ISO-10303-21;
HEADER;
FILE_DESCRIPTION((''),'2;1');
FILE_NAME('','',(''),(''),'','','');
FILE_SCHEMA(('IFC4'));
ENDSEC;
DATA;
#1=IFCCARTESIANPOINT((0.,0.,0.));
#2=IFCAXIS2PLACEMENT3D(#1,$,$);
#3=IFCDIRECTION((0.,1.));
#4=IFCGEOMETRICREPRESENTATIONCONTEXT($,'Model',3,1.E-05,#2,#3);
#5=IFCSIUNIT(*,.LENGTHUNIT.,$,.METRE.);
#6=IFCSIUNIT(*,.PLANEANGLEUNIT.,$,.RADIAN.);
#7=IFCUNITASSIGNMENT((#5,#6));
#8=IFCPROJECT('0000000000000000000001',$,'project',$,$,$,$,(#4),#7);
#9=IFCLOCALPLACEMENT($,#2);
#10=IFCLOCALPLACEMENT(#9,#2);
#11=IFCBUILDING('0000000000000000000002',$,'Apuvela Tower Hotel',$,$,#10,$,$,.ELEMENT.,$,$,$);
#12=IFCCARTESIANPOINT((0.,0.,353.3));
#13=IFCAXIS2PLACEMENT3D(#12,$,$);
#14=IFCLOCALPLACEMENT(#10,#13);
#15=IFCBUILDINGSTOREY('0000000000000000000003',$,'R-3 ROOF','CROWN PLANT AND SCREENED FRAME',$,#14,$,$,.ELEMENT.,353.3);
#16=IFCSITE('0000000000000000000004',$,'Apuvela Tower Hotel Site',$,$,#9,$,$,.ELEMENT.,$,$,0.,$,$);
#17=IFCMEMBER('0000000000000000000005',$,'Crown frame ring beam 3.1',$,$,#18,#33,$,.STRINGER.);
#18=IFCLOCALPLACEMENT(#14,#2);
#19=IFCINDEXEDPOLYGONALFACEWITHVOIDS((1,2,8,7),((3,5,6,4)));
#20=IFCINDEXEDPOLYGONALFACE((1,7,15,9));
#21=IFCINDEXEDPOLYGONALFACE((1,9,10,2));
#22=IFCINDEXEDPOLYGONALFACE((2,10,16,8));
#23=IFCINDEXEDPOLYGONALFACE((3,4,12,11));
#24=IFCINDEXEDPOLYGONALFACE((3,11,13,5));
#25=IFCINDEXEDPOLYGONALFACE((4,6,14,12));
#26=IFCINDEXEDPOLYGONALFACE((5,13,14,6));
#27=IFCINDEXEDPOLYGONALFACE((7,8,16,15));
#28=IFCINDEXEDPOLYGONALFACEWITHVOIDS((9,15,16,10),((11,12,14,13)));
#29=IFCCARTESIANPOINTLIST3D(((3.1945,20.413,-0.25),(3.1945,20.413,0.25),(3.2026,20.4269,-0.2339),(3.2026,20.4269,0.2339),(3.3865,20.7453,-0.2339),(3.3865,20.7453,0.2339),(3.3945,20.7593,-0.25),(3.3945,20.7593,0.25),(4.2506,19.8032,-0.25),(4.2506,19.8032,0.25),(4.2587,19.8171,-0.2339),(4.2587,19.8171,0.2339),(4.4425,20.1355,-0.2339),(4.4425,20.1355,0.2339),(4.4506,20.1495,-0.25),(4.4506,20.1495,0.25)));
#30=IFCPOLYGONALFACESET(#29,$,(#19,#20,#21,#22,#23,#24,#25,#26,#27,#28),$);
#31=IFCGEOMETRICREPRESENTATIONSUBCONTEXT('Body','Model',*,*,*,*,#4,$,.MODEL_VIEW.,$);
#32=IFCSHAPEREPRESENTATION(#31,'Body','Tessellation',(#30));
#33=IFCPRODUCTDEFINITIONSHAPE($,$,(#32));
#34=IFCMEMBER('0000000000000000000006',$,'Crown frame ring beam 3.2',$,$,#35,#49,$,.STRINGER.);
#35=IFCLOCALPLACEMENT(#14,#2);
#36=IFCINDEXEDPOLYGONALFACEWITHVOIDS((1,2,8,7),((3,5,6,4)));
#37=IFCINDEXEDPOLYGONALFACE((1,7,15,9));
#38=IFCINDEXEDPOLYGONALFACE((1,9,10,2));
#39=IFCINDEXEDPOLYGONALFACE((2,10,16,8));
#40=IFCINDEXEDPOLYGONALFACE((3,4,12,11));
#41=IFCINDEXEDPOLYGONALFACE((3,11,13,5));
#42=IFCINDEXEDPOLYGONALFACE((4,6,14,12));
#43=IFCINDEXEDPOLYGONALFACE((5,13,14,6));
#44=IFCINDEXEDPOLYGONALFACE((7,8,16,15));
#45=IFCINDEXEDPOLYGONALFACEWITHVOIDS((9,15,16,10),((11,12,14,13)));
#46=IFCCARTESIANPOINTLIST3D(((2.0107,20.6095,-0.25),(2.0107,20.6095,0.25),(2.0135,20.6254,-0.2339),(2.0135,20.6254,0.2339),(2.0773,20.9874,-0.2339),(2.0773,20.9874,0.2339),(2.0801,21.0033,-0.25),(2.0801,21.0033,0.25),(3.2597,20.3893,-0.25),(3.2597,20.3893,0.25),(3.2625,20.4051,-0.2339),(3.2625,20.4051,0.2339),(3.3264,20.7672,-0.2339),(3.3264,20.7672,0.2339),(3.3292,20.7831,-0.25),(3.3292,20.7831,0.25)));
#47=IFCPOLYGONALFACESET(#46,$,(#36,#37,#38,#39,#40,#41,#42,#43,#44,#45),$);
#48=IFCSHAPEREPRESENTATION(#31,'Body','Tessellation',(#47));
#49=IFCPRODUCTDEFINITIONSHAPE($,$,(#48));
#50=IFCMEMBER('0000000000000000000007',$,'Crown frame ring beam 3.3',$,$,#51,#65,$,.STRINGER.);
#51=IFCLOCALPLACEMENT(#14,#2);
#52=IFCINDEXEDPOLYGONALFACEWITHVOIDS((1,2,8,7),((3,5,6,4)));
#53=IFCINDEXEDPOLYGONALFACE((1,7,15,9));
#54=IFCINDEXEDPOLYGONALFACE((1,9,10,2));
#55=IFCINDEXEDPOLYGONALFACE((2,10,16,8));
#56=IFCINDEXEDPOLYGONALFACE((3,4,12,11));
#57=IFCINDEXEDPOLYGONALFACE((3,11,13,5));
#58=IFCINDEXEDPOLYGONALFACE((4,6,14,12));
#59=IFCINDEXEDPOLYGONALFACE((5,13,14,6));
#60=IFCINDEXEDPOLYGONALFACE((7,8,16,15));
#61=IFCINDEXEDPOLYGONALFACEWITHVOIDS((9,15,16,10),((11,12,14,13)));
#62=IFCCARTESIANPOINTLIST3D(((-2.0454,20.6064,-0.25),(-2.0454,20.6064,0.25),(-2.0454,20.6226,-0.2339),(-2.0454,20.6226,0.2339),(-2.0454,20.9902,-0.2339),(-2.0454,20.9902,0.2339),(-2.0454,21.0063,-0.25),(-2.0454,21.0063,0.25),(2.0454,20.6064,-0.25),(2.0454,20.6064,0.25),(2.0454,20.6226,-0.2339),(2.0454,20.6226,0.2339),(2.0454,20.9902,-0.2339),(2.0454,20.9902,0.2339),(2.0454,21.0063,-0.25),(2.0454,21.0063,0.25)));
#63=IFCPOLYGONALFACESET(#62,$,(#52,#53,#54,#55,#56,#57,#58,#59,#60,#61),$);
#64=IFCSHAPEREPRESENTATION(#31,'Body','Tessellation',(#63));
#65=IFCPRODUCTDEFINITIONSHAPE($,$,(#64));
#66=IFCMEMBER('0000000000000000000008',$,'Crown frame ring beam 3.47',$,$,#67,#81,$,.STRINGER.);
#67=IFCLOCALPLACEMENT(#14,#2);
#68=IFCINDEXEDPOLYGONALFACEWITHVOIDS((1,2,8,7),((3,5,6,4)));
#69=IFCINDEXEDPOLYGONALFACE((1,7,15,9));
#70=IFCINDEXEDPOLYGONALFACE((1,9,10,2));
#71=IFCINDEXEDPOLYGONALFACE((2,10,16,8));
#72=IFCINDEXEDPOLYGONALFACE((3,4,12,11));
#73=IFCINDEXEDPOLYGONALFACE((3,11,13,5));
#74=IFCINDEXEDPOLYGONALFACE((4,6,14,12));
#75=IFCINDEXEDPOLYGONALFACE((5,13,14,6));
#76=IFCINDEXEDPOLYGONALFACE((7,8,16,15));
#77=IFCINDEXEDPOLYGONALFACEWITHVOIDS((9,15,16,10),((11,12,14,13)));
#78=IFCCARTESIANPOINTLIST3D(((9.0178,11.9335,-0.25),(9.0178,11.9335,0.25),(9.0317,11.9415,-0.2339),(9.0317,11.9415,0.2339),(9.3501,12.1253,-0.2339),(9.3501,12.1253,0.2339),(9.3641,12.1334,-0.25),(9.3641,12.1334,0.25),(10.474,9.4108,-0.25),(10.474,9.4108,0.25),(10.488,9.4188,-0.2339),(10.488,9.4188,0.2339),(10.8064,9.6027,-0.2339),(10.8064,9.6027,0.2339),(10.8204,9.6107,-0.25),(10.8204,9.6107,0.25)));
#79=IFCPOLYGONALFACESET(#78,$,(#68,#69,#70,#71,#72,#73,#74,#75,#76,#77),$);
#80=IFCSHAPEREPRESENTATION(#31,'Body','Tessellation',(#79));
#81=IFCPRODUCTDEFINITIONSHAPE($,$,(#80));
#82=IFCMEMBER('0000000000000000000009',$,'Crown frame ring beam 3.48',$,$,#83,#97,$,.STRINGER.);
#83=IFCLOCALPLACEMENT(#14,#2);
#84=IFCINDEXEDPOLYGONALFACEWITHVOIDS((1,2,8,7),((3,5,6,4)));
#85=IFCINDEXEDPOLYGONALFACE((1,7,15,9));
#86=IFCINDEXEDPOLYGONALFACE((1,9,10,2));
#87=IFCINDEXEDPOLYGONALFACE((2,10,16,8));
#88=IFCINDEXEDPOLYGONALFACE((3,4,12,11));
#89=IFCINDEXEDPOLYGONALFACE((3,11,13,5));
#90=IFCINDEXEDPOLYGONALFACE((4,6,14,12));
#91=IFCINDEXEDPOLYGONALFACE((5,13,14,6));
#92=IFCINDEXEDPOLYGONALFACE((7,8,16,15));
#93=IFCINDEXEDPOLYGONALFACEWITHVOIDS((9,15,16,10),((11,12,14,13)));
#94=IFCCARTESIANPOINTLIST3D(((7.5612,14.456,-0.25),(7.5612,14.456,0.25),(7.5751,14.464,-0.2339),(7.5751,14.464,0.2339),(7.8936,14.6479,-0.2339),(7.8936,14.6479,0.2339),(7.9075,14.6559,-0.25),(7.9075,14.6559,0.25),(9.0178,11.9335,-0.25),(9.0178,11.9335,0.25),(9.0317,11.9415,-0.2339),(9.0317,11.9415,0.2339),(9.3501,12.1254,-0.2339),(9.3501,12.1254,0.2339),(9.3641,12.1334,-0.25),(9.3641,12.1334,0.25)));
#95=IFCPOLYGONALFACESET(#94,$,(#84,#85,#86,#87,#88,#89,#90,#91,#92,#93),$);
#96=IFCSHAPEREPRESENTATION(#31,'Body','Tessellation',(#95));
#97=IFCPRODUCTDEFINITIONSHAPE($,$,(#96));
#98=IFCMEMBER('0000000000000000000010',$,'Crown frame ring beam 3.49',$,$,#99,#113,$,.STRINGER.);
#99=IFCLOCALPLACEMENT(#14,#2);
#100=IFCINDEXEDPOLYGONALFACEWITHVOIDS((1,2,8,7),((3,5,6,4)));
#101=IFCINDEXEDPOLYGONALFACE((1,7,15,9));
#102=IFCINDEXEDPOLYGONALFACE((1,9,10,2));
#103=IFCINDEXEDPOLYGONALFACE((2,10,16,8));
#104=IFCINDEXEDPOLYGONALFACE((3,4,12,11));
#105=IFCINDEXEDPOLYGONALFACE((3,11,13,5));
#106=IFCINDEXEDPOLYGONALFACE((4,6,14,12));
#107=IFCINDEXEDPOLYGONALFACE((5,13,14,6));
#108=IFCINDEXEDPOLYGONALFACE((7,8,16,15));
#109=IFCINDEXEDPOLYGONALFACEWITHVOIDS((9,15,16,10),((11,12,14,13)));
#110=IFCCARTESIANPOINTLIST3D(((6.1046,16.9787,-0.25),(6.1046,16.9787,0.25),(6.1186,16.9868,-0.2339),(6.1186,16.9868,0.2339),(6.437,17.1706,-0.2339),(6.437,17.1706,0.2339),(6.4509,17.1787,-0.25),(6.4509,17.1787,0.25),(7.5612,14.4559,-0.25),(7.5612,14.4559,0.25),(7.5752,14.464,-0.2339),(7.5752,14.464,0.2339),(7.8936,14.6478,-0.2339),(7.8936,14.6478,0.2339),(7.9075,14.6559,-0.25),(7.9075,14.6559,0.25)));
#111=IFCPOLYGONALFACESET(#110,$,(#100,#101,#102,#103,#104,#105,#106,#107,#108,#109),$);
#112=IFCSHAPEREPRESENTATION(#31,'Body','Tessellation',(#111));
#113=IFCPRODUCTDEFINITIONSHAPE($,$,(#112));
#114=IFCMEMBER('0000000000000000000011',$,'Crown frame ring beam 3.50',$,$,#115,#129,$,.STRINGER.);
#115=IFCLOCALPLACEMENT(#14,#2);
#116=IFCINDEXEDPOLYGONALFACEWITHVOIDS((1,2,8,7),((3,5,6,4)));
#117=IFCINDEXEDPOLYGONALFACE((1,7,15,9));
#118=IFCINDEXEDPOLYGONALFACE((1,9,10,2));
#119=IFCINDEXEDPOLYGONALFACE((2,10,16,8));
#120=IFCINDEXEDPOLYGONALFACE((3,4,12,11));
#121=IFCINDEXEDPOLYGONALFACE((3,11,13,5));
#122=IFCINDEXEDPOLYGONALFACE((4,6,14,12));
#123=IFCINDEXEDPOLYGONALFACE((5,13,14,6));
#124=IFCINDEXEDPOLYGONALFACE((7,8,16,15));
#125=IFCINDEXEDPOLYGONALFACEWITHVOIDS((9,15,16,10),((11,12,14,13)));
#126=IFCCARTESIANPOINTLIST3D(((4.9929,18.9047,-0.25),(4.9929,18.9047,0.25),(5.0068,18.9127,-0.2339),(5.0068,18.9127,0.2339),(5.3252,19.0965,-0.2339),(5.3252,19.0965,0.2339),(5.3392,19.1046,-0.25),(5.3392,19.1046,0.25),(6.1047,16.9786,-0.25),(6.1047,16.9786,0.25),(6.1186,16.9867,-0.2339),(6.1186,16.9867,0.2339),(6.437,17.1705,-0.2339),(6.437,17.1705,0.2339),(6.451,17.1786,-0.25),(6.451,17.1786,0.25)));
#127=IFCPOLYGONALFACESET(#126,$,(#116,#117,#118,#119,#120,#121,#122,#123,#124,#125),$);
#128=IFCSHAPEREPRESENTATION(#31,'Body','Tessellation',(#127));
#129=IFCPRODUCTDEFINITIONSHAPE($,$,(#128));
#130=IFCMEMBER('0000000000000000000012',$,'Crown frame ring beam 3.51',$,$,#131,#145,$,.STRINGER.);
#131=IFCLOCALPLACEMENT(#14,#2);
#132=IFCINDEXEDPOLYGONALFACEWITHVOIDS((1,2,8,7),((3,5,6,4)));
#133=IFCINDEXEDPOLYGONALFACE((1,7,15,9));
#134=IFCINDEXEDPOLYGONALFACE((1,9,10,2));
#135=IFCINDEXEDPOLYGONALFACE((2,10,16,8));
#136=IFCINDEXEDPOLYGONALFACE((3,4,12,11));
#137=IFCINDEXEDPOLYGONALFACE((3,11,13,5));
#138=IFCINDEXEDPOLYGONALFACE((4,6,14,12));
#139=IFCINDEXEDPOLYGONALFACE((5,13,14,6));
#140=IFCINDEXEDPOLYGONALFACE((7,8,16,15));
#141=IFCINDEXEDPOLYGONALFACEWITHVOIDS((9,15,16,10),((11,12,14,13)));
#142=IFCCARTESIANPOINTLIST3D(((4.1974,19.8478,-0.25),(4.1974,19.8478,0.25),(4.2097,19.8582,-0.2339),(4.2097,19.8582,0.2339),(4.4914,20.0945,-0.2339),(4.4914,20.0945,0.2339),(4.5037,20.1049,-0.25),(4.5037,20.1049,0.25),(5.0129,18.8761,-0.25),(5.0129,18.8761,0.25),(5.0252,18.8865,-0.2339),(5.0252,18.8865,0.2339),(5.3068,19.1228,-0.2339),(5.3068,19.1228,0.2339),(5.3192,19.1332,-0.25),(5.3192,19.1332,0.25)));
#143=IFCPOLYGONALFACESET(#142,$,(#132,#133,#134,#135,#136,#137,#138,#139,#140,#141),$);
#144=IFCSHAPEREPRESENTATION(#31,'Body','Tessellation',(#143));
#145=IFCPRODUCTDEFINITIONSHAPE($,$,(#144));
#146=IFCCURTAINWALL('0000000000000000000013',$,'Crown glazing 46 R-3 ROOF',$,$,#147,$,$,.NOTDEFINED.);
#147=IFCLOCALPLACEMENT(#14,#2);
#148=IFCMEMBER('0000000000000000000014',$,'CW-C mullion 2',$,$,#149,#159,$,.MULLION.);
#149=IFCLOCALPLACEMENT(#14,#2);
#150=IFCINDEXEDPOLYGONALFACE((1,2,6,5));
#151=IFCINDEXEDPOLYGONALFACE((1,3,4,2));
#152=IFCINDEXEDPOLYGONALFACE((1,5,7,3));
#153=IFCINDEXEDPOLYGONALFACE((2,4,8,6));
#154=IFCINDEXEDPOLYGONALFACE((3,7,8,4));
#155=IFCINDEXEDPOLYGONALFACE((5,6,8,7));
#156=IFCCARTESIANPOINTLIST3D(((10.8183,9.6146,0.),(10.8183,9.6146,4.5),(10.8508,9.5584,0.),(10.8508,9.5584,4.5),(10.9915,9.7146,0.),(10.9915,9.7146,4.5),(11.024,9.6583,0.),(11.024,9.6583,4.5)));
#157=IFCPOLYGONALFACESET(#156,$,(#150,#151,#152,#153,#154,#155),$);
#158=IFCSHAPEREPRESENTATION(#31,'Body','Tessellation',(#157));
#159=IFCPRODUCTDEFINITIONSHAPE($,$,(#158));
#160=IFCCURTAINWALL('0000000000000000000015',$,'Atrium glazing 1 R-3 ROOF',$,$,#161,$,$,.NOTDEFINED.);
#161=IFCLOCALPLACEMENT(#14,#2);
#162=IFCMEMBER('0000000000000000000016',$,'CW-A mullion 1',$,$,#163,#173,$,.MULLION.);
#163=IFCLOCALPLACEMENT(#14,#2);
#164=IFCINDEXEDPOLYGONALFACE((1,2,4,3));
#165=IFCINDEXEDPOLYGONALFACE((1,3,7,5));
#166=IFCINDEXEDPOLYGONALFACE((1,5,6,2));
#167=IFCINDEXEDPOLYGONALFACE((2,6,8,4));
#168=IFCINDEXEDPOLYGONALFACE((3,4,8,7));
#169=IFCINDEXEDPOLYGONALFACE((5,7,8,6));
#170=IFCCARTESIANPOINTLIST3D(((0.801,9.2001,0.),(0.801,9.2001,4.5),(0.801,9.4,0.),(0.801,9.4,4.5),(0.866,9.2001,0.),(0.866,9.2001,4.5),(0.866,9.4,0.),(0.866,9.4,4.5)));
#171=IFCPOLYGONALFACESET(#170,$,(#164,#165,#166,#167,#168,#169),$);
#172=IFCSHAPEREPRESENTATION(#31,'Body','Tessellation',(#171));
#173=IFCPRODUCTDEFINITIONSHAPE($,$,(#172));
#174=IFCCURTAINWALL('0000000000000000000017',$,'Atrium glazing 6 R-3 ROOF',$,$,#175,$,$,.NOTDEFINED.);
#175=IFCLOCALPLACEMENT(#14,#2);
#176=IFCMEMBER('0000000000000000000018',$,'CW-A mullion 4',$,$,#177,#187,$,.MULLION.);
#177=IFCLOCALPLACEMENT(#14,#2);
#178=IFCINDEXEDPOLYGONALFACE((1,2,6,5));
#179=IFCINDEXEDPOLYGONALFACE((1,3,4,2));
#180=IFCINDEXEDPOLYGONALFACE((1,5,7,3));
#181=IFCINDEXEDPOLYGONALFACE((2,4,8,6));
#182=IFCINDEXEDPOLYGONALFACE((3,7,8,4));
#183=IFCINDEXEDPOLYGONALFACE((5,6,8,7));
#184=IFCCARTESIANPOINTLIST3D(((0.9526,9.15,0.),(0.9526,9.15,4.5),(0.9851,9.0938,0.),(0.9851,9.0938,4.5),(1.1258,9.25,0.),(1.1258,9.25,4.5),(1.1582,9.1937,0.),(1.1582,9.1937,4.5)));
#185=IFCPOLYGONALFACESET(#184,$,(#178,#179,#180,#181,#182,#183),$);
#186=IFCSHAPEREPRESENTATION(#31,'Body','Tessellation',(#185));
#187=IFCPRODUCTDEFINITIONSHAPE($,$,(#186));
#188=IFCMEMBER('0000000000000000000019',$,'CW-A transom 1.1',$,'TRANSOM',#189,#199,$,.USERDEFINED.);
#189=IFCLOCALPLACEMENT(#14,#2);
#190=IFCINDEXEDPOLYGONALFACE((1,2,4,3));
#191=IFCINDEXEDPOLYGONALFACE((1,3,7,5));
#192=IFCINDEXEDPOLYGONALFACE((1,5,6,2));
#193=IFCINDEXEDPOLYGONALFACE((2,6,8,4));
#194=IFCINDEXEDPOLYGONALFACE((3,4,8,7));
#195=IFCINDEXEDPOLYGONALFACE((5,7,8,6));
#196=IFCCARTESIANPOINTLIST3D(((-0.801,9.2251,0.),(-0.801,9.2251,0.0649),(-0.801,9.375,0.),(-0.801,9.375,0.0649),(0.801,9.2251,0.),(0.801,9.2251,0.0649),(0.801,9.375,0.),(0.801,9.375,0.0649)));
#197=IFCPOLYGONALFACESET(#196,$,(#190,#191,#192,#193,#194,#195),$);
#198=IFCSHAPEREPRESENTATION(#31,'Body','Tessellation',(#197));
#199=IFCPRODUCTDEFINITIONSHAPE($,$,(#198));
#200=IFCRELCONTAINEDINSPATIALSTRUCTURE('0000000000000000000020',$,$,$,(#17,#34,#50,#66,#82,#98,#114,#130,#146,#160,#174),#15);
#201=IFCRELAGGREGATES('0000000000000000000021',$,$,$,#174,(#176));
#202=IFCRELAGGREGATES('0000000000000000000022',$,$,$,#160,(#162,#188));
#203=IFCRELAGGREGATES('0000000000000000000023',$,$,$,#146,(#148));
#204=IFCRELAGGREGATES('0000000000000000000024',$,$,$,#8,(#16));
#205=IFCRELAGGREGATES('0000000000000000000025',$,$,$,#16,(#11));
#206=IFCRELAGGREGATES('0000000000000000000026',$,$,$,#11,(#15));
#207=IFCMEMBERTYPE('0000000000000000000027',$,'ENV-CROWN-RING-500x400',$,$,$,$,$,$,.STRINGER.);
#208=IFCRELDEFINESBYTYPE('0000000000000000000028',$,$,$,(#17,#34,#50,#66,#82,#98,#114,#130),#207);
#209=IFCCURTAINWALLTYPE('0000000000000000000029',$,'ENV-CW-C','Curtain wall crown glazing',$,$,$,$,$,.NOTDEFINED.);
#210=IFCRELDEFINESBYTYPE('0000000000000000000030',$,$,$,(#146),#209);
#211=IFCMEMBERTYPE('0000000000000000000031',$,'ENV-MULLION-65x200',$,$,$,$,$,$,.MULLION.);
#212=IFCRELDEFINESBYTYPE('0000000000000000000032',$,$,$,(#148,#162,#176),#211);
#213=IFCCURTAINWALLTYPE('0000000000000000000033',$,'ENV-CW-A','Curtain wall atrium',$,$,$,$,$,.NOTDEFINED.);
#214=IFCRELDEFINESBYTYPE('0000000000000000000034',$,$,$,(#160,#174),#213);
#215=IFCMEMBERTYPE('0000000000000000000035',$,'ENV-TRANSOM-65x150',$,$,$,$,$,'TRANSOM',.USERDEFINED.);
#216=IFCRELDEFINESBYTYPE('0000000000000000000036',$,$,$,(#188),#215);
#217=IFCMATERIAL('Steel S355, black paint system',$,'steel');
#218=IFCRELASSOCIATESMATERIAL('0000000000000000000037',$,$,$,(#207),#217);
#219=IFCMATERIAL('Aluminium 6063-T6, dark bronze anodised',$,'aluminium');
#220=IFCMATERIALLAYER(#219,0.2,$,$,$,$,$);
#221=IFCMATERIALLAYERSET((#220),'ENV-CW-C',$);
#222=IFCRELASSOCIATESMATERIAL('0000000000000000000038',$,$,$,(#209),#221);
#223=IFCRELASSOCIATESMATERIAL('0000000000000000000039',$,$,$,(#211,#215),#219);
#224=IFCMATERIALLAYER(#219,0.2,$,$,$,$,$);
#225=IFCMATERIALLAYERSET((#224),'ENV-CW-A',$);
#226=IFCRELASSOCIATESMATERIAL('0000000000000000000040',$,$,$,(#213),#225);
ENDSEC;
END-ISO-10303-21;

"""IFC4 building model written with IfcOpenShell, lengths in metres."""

from ifc_helpers import new_model, si_unit, direction, frame, origin, origin_2d, place, context, subcontext, project, spatial, rectangle, hollow_rectangle, extrude, material, layer, layer_set, material_profile, profile_set, type_object, element, aggregate, save


model = new_model("IFC4")

# Units and contexts
model_context = context("Model", 3, precision=1e-05, world=origin(), true_north=direction((0.0, 1.0)))
body_context = subcontext(model_context, "Body", "Model", "MODEL_VIEW")
ifc_project = project(units=[si_unit("LENGTHUNIT", "METRE"), si_unit("PLANEANGLEUNIT", "RADIAN")], contexts=[model_context])

# Site, building, storey
site_placement = place(None, origin())
site = spatial("IfcSite", under=ifc_project, at=site_placement, Name="Apuvela Tower Hotel Site", CompositionType="ELEMENT", RefElevation=0.0)
building_placement = place(site_placement, origin())
building = spatial("IfcBuilding", under=site, at=building_placement, Name="Apuvela Tower Hotel", CompositionType="ELEMENT")
storey_placement = place(building_placement, frame((0.0, 0.0, 353.3)))
storey = spatial("IfcBuildingStorey", under=building, at=storey_placement, Name="R-3 ROOF", Description="CROWN PLANT AND SCREENED FRAME", CompositionType="ELEMENT", Elevation=353.3)

# Members
ifc_material_1 = material(Name="Steel S355, black paint system", Category="steel")
ifc_material_profile_1 = material_profile(ifc_material_1, hollow_rectangle(XDim=0.3999, YDim=0.5, WallThickness=0.0161, at=origin_2d()), Name="HSS 500x400x16")
ifc_profile_set_1 = profile_set([ifc_material_profile_1], Name="Steel S355, black paint system")
member_type_1 = type_object("IfcMemberType", Name="ENV-CROWN-RING-500x400", PredefinedType="STRINGER", material=ifc_profile_set_1)
member_1_placement = place(storey_placement, frame((4.3506, 19.9763, 0.0), z_axis=(-0.865992, 0.500057, 0.0), x_axis=(-0.500057, -0.865992, 0.0)))
element("IfcMember", 1, at=member_1_placement, inside=storey, type_object=member_type_1, Name="Crown frame ring beam 3.1", PredefinedType="STRINGER", context=body_context, shape_type="SweptSolid", body=[
    extrude(hollow_rectangle(XDim=0.3999, YDim=0.5, WallThickness=0.0161, at=origin_2d()), origin(), (0.0, 0.0, 1.0), 1.2195),
])
member_2_placement = place(storey_placement, frame((3.2944, 20.5862, 0.0), z_axis=(-0.984811, 0.173632, 0.0), x_axis=(-0.173632, -0.984811, 0.0)))
element("IfcMember", 2, at=member_2_placement, inside=storey, type_object=member_type_1, Name="Crown frame ring beam 3.2", PredefinedType="STRINGER", context=body_context, shape_type="SweptSolid", body=[
    extrude(hollow_rectangle(XDim=0.3999, YDim=0.5, WallThickness=0.0161, at=origin_2d()), origin(), (0.0, 0.0, 1.0), 1.2683),
])
member_3_placement = place(storey_placement, frame((2.0454, 20.8064, 0.0), z_axis=(-1.0, 0.0, 0.0), x_axis=(0.0, -1.0, 0.0)))
element("IfcMember", 3, at=member_3_placement, inside=storey, type_object=member_type_1, Name="Crown frame ring beam 3.3", PredefinedType="STRINGER", context=body_context, shape_type="SweptSolid", body=[
    extrude(hollow_rectangle(XDim=0.3999, YDim=0.5, WallThickness=0.0161, at=origin_2d()), origin(), (0.0, 0.0, 1.0), 4.0908),
])
for number, where, z_axis, x_axis, name in (
    (4, (10.6472, 9.5107, 0.0), (-0.499952, 0.866053, 0.0), (-0.866053, -0.499952, 0.0), "Crown frame ring beam 3.47"),
    (5, (9.1909, 12.0334, 0.0), (-0.500051, 0.865996, 0.0), (-0.865996, -0.500051, 0.0), "Crown frame ring beam 3.48"),
):
    element("IfcMember", number, at=place(storey_placement, frame(where, z_axis=z_axis, x_axis=x_axis)), inside=storey, type_object=member_type_1, Name=name, PredefinedType="STRINGER", context=body_context, shape_type="SweptSolid", body=[
        extrude(hollow_rectangle(XDim=0.3999, YDim=0.5, WallThickness=0.0161, at=origin_2d()), origin(), (0.0, 0.0, 1.0), 2.9128),
    ])
member_4_placement = place(storey_placement, frame((7.7344, 14.5559, 0.0), z_axis=(-0.500015, 0.866017, 0.0), x_axis=(-0.866017, -0.500015, 0.0)))
element("IfcMember", 6, at=member_4_placement, inside=storey, type_object=member_type_1, Name="Crown frame ring beam 3.49", PredefinedType="STRINGER", context=body_context, shape_type="SweptSolid", body=[
    extrude(hollow_rectangle(XDim=0.3999, YDim=0.5, WallThickness=0.0161, at=origin_2d()), origin(), (0.0, 0.0, 1.0), 2.9131),
])
member_5_placement = place(storey_placement, frame((6.2778, 17.0786, 0.0), z_axis=(-0.499941, 0.866059, 0.0), x_axis=(-0.866059, -0.499941, 0.0)))
element("IfcMember", 7, at=member_5_placement, inside=storey, type_object=member_type_1, Name="Crown frame ring beam 3.50", PredefinedType="STRINGER", context=body_context, shape_type="SweptSolid", body=[
    extrude(hollow_rectangle(XDim=0.3999, YDim=0.5, WallThickness=0.0161, at=origin_2d()), origin(), (0.0, 0.0, 1.0), 2.2239),
])
member_6_placement = place(storey_placement, frame((5.166, 19.0046, 0.0), z_axis=(-0.642831, 0.766008, 0.0), x_axis=(-0.766008, -0.642831, 0.0)))
element("IfcMember", 8, at=member_6_placement, inside=storey, type_object=member_type_1, Name="Crown frame ring beam 3.51", PredefinedType="STRINGER", context=body_context, shape_type="SweptSolid", body=[
    extrude(hollow_rectangle(XDim=0.3999, YDim=0.5, WallThickness=0.0161, at=origin_2d()), origin(), (0.0, 0.0, 1.0), 1.2686),
])

# Curtain walls, members
ifc_material_2 = material(Name="Aluminium 6063-T6, dark bronze anodised", Category="aluminium")
ifc_layer_1 = layer(ifc_material_2, 0.2)
ifc_layer_set_1 = layer_set([ifc_layer_1], Name="ENV-CW-C")
curtain_wall_type_1 = type_object("IfcCurtainWallType", Name="ENV-CW-C", Description="Curtain wall crown glazing", PredefinedType="NOTDEFINED", material=ifc_layer_set_1)
curtain_wall_1_placement = place(storey_placement, origin())
curtain_wall_1 = element("IfcCurtainWall", 9, at=curtain_wall_1_placement, inside=storey, type_object=curtain_wall_type_1, Name="Crown glazing 46 R-3 ROOF", PredefinedType="NOTDEFINED")
ifc_material_profile_2 = material_profile(ifc_material_2, rectangle(XDim=0.2, YDim=0.0649, at=origin_2d()), Name="AL 65x200")
ifc_profile_set_2 = profile_set([ifc_material_profile_2], Name="Aluminium 6063-T6, dark bronze anodised")
member_type_2 = type_object("IfcMemberType", Name="ENV-MULLION-65x200", PredefinedType="MULLION", material=ifc_profile_set_2)
member_7_placement = place(storey_placement, frame((10.9211, 9.6365, 0.0), z_axis=(0.0, 0.0, 1.0), x_axis=(-0.866022, -0.500006, 0.0)))
member_7 = element("IfcMember", 10, at=member_7_placement, type_object=member_type_2, Name="CW-C mullion 2", PredefinedType="MULLION", context=body_context, shape_type="SweptSolid", body=[
    extrude(rectangle(XDim=0.2, YDim=0.0649, at=origin_2d()), origin(), (0.0, 0.0, 1.0), 4.5),
])
ifc_layer_2 = layer(ifc_material_2, 0.2)
ifc_layer_set_2 = layer_set([ifc_layer_2], Name="ENV-CW-A")
curtain_wall_type_2 = type_object("IfcCurtainWallType", Name="ENV-CW-A", Description="Curtain wall atrium", PredefinedType="NOTDEFINED", material=ifc_layer_set_2)
curtain_wall_2_placement = place(storey_placement, origin())
curtain_wall_2 = element("IfcCurtainWall", 11, at=curtain_wall_2_placement, inside=storey, type_object=curtain_wall_type_2, Name="Atrium glazing 1 R-3 ROOF", PredefinedType="NOTDEFINED")
member_8_placement = place(storey_placement, frame((0.8335, 9.3, 0.0), z_axis=(0.0, 0.0, 1.0), x_axis=(0.0, -1.0, 0.0)))
member_8 = element("IfcMember", 12, at=member_8_placement, type_object=member_type_2, Name="CW-A mullion 1", PredefinedType="MULLION", context=body_context, shape_type="SweptSolid", body=[
    extrude(rectangle(XDim=0.2, YDim=0.0649, at=origin_2d()), origin(), (0.0, 0.0, 1.0), 4.5),
])
curtain_wall_3_placement = place(storey_placement, origin())
curtain_wall_3 = element("IfcCurtainWall", 13, at=curtain_wall_3_placement, inside=storey, type_object=curtain_wall_type_2, Name="Atrium glazing 6 R-3 ROOF", PredefinedType="NOTDEFINED")
member_9_placement = place(storey_placement, frame((1.0554, 9.1719, 0.0), z_axis=(0.0, 0.0, 1.0), x_axis=(-0.866026, -0.499999, 0.0)))
member_9 = element("IfcMember", 14, at=member_9_placement, type_object=member_type_2, Name="CW-A mullion 4", PredefinedType="MULLION", context=body_context, shape_type="SweptSolid", body=[
    extrude(rectangle(XDim=0.2, YDim=0.0649, at=origin_2d()), origin(), (0.0, 0.0, 1.0), 4.5),
])
aggregate(curtain_wall_3, [member_9])

# Member
ifc_material_profile_3 = material_profile(ifc_material_2, rectangle(XDim=0.1499, YDim=0.0649, at=origin_2d()), Name="AL 65x150 transom")
ifc_profile_set_3 = profile_set([ifc_material_profile_3], Name="Aluminium 6063-T6, dark bronze anodised")
member_type_3 = type_object("IfcMemberType", Name="ENV-TRANSOM-65x150", ElementType="TRANSOM", PredefinedType="USERDEFINED", material=ifc_profile_set_3)
member_10_placement = place(storey_placement, frame((0.801, 9.3, 0.0325), z_axis=(-1.0, 0.0, 0.0), x_axis=(0.0, -1.0, 0.0)))
member_10 = element("IfcMember", 15, at=member_10_placement, type_object=member_type_3, Name="CW-A transom 1.1", ObjectType="TRANSOM", PredefinedType="USERDEFINED", context=body_context, shape_type="SweptSolid", body=[
    extrude(rectangle(XDim=0.1499, YDim=0.0649, at=origin_2d()), origin(), (0.0, 0.0, 1.0), 1.6021),
])
aggregate(curtain_wall_2, [member_8, member_10])

aggregate(curtain_wall_1, [member_7])

save(model, "model.ifc")
